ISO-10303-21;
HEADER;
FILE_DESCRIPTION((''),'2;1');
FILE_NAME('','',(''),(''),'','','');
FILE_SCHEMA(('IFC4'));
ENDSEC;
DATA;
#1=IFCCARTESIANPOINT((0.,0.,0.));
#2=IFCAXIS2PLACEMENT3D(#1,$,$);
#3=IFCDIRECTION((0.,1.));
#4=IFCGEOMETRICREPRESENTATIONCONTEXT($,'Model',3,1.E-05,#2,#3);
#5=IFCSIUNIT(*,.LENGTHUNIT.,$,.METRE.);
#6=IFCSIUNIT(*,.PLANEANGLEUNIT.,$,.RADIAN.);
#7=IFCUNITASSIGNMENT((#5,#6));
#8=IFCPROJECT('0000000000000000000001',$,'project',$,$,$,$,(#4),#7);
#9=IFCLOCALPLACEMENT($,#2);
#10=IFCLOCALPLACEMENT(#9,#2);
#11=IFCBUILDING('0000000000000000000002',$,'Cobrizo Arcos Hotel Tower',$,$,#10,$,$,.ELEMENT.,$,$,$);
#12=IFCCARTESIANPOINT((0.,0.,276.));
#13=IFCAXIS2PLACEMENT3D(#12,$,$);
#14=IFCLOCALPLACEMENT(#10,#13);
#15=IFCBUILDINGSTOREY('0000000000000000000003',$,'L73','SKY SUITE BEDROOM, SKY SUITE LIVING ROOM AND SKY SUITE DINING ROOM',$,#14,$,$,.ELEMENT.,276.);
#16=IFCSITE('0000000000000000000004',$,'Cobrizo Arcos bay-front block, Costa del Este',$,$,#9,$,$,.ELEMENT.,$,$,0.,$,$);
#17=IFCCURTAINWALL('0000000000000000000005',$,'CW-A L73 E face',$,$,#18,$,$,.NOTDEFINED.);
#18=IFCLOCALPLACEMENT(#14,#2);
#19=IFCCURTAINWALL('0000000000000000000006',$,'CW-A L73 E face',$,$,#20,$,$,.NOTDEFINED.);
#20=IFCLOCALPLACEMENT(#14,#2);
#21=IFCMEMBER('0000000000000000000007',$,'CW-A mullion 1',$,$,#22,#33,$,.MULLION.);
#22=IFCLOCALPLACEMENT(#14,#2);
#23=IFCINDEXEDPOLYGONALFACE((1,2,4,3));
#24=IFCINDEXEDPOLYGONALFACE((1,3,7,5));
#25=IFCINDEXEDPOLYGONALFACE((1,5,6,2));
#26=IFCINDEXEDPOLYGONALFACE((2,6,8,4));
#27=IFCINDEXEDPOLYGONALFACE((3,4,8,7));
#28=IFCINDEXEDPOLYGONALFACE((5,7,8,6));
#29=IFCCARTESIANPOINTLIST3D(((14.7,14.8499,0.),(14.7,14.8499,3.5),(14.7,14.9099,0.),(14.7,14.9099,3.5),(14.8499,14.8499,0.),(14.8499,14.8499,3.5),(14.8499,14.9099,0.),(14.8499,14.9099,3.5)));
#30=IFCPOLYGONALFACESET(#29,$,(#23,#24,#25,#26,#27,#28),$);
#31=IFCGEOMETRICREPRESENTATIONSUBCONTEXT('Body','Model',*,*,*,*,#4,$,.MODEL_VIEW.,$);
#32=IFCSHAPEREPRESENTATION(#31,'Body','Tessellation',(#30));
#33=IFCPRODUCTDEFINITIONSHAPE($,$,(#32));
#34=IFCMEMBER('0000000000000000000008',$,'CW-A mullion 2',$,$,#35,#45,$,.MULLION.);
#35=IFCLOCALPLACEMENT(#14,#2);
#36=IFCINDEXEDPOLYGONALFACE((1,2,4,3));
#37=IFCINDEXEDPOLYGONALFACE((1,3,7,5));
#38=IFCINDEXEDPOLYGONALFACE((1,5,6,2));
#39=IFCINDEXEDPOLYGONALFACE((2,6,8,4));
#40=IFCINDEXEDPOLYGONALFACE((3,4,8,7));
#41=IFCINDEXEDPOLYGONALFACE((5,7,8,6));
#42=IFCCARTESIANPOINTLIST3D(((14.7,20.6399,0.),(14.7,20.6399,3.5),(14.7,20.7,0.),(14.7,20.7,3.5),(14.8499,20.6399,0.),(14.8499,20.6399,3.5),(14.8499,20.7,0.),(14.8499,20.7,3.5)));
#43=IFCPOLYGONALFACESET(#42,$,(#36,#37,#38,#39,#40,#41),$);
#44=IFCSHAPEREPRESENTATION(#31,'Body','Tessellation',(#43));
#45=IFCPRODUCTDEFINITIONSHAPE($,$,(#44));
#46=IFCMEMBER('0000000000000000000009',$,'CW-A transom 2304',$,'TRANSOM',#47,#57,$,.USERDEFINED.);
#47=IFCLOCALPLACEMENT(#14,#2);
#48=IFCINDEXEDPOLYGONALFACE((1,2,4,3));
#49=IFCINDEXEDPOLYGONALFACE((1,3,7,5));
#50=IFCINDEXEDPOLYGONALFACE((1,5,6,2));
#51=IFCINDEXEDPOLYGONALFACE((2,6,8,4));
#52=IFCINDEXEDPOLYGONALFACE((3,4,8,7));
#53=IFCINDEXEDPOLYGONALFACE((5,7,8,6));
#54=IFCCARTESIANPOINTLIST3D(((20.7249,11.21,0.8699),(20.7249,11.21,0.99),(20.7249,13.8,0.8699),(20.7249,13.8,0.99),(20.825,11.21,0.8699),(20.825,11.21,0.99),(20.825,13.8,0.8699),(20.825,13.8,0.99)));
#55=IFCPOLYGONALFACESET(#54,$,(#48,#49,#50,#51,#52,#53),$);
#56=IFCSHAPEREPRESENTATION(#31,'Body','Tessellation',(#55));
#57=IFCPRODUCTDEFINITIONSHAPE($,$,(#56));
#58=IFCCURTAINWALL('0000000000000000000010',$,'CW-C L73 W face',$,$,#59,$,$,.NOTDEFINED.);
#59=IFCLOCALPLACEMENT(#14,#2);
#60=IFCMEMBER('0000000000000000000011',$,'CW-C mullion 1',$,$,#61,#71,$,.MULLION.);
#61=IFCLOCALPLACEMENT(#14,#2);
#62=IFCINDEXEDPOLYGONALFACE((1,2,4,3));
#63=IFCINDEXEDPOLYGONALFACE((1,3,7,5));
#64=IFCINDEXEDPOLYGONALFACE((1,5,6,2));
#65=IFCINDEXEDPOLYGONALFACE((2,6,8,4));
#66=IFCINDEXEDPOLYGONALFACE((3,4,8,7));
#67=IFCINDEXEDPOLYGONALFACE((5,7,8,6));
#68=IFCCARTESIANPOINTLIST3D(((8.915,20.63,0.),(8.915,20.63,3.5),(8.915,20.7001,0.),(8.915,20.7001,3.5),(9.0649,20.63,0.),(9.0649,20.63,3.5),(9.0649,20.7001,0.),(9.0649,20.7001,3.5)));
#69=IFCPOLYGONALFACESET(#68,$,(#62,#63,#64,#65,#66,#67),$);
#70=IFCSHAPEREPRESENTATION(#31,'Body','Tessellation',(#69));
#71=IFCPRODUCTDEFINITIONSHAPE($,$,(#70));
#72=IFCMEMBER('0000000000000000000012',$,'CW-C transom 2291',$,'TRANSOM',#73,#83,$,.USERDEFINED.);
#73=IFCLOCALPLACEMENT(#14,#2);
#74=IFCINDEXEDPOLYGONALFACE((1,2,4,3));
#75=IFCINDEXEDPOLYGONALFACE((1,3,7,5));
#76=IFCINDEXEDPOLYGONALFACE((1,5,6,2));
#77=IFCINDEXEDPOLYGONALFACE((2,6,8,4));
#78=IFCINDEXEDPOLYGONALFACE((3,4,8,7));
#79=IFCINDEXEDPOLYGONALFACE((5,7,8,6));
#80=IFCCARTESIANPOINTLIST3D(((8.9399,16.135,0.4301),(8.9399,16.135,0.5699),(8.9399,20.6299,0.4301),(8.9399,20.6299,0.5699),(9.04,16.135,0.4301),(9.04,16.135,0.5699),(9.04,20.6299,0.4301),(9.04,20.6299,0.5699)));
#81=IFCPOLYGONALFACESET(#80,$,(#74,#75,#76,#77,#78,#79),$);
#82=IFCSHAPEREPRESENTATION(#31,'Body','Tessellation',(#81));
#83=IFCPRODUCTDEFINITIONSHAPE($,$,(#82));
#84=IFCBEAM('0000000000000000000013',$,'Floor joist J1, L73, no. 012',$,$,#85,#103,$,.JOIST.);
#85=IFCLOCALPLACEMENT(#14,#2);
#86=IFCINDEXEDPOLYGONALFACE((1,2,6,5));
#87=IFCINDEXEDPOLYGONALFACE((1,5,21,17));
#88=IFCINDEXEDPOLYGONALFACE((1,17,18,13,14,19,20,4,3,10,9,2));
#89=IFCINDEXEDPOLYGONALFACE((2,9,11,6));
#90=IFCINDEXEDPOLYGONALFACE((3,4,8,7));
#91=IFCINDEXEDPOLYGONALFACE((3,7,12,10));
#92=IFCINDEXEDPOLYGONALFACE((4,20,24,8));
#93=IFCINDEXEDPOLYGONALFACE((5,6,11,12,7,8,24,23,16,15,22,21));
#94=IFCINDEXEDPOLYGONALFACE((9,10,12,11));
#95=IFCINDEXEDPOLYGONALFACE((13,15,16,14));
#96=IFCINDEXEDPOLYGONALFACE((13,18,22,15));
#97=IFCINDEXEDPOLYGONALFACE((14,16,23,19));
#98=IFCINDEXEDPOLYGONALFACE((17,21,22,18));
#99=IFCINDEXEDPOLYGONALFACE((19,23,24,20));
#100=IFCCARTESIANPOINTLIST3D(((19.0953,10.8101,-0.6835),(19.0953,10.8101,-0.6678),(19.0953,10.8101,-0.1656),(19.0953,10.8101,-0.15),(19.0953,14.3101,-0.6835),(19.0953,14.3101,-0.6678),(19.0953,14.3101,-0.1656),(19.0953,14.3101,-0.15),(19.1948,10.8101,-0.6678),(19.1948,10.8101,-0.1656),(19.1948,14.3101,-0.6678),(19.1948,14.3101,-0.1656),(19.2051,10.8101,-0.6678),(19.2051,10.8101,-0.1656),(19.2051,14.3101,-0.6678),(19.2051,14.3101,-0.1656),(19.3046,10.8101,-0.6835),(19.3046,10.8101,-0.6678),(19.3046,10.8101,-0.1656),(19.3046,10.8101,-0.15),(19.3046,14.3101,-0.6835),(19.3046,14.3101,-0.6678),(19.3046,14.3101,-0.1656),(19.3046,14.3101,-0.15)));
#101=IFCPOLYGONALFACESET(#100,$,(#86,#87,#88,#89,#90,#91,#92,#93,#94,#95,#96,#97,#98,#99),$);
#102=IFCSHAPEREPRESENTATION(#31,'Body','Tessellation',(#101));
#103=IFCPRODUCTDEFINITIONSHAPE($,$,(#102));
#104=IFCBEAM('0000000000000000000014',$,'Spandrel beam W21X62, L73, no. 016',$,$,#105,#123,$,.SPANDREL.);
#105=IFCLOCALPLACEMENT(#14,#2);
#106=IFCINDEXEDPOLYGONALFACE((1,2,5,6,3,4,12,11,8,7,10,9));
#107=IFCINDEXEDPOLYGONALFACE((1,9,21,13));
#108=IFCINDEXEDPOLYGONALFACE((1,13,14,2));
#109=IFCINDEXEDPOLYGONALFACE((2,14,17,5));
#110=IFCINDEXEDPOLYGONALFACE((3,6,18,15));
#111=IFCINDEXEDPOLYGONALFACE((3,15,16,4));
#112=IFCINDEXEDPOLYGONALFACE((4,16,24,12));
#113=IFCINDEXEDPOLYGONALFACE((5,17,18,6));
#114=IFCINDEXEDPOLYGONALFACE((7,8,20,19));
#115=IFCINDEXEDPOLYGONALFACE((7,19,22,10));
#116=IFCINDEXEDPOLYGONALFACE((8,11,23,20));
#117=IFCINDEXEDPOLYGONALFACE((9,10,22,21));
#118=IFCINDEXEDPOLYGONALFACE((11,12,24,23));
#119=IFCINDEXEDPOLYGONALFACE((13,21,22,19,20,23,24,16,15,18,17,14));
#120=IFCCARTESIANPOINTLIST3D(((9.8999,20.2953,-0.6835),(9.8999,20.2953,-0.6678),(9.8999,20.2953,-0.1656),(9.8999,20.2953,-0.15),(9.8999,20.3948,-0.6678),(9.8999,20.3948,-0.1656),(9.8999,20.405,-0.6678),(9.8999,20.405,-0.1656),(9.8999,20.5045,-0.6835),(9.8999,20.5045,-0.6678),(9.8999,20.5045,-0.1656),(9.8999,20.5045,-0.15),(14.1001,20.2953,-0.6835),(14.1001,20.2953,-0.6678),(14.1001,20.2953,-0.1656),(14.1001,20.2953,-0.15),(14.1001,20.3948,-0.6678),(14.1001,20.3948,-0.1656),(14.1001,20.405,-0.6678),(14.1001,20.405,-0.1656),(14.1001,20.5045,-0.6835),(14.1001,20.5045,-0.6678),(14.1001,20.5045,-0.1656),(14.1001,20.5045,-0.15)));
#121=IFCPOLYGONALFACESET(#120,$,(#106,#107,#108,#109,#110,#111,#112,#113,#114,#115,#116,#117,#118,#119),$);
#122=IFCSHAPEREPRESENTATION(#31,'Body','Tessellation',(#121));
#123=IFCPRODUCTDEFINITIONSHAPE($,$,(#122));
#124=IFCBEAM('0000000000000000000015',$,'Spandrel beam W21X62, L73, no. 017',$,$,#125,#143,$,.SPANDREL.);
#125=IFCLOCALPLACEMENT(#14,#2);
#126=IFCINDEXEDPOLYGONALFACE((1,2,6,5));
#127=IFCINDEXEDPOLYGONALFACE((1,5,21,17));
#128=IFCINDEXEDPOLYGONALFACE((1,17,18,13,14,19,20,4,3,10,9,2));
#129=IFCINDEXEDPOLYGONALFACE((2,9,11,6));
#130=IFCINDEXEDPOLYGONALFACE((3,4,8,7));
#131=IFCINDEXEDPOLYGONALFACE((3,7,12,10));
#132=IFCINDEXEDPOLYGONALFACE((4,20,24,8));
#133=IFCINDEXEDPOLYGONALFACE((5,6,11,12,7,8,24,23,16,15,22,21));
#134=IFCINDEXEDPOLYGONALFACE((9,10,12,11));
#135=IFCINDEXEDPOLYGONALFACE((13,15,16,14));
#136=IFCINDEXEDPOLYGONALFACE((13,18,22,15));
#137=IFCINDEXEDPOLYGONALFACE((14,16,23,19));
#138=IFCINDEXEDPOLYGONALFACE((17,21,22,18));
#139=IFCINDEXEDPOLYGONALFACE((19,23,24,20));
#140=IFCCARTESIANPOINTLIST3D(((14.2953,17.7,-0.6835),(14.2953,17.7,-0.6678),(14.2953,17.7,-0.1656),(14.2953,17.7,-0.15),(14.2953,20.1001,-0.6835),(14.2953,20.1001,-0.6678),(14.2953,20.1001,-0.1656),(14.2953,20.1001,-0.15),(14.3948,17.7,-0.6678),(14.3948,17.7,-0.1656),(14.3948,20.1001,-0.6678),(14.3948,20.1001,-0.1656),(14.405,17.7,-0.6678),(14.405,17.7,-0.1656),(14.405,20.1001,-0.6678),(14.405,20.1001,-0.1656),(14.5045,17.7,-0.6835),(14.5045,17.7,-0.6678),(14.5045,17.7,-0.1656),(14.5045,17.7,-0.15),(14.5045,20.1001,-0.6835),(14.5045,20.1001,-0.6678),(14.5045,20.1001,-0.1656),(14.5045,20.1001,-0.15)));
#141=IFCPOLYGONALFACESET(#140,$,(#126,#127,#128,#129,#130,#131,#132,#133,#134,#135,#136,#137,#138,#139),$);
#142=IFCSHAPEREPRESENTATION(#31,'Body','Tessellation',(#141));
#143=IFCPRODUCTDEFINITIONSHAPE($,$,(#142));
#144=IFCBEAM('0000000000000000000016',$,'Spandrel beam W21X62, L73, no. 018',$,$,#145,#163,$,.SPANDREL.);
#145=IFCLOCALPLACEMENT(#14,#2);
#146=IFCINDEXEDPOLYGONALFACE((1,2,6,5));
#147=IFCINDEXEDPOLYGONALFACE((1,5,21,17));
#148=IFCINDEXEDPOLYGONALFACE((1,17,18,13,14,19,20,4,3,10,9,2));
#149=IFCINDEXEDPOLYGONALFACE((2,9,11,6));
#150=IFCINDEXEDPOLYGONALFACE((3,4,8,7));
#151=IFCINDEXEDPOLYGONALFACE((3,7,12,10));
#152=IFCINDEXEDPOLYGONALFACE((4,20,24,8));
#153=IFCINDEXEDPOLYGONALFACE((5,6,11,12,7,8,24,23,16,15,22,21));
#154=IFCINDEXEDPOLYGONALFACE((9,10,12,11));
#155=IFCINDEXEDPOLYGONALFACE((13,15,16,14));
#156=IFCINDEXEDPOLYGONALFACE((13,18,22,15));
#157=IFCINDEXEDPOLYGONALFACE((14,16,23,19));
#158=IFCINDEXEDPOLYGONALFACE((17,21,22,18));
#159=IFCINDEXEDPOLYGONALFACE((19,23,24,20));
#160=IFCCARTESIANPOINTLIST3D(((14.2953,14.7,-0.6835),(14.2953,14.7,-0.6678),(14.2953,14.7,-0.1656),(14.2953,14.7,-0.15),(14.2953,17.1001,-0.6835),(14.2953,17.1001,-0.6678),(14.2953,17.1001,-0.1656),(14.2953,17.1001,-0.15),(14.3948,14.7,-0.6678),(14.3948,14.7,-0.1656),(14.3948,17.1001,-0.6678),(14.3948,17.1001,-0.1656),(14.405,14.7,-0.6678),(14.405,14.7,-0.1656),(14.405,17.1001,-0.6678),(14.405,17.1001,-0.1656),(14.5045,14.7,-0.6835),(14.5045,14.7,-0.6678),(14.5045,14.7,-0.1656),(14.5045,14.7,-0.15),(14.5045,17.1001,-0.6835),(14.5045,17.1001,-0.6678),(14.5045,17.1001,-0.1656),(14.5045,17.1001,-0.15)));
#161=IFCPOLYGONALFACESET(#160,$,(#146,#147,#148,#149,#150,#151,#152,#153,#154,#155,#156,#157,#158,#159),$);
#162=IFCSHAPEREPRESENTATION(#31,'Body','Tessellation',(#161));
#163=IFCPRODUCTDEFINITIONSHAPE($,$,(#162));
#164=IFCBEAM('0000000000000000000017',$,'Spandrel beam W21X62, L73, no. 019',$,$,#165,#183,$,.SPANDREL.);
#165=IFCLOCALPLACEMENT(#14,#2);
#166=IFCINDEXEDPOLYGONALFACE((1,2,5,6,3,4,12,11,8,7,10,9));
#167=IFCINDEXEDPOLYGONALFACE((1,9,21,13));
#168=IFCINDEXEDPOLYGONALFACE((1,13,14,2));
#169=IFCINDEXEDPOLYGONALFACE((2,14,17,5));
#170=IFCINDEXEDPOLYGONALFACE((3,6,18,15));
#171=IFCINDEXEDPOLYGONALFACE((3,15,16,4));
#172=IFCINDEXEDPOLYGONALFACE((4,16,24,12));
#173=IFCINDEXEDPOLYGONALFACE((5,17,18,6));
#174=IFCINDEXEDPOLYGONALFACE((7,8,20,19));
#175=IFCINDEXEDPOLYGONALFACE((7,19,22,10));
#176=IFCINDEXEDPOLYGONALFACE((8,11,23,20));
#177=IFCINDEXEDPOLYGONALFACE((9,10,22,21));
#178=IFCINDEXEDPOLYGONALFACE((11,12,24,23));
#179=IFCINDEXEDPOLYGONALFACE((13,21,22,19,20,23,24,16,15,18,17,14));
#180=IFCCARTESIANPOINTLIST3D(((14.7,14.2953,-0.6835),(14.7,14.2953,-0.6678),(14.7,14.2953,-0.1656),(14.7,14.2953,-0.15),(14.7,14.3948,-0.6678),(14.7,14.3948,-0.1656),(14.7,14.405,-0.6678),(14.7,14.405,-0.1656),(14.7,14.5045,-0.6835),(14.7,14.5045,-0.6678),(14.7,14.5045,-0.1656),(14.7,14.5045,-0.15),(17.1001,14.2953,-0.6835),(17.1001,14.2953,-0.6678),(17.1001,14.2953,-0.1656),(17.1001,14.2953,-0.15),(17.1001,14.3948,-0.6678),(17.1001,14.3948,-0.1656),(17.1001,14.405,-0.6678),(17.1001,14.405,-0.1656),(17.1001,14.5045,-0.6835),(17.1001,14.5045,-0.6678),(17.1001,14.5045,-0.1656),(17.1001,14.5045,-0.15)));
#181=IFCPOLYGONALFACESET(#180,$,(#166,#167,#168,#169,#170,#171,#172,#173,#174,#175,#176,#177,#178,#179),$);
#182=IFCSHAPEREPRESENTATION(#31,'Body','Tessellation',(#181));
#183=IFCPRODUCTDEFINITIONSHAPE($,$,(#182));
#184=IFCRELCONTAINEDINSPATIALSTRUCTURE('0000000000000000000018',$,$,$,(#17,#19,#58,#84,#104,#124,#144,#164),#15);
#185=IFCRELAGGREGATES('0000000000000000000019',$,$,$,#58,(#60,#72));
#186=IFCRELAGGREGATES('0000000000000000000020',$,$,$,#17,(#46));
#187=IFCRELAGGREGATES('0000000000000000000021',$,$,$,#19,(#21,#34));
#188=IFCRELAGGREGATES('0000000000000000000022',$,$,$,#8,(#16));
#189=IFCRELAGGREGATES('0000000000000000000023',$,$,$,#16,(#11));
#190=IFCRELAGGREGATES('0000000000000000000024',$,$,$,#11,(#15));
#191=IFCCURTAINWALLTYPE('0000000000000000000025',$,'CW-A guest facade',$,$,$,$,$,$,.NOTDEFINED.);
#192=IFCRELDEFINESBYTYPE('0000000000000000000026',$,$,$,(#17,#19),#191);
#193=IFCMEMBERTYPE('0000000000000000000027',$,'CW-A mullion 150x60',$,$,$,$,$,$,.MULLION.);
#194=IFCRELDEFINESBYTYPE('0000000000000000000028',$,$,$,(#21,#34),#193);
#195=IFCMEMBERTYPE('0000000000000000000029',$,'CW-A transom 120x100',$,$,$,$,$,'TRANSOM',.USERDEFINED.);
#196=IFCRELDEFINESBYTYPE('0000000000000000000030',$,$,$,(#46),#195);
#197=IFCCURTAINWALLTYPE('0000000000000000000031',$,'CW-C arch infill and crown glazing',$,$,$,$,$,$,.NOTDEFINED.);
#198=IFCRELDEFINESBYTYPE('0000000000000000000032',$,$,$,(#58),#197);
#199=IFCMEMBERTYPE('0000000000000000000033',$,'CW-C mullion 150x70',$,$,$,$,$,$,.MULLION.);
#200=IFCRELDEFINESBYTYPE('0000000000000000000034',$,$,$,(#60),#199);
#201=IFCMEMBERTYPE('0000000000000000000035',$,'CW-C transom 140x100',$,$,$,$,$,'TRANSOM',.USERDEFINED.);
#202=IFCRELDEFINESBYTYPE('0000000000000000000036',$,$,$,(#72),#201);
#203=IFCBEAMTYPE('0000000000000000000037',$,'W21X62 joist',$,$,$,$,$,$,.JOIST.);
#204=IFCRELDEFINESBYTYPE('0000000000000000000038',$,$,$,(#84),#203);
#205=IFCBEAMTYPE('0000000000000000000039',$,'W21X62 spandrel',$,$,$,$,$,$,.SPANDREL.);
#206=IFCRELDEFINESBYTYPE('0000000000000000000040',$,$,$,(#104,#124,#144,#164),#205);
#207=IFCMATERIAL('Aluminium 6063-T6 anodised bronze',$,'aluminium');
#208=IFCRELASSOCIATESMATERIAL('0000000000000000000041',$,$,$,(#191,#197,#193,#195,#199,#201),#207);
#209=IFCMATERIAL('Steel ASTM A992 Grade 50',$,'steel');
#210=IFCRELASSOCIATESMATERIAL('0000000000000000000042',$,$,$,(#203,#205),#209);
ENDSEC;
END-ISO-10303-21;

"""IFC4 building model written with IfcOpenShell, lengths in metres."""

from ifc_helpers import new_model, si_unit, direction, frame, origin, origin_2d, place, context, subcontext, project, spatial, rectangle, i_section, extrude, material, material_profile, profile_set, type_object, element, aggregate, save


model = new_model("IFC4")

# Units and contexts
model_context = context("Model", 3, precision=1e-05, world=origin(), true_north=direction((0.0, 1.0)))
body_context = subcontext(model_context, "Body", "Model", "MODEL_VIEW")
ifc_project = project(units=[si_unit("LENGTHUNIT", "METRE"), si_unit("PLANEANGLEUNIT", "RADIAN")], contexts=[model_context])

# Site, building, storey
site_placement = place(None, origin())
site = spatial("IfcSite", under=ifc_project, at=site_placement, Name="Cobrizo Arcos bay-front block, Costa del Este", CompositionType="ELEMENT", RefElevation=0.0)
building_placement = place(site_placement, origin())
building = spatial("IfcBuilding", under=site, at=building_placement, Name="Cobrizo Arcos Hotel Tower", CompositionType="ELEMENT")
storey_placement = place(building_placement, frame((0.0, 0.0, 276.0)))
storey = spatial("IfcBuildingStorey", under=building, at=storey_placement, Name="L73", Description="SKY SUITE BEDROOM, SKY SUITE LIVING ROOM AND SKY SUITE DINING ROOM", CompositionType="ELEMENT", Elevation=276.0)

# Shared definitions
ifc_material_1 = material(Name="Aluminium 6063-T6 anodised bronze", Category="aluminium")
curtain_wall_type_1 = type_object("IfcCurtainWallType", Name="CW-A guest facade", PredefinedType="NOTDEFINED", material=ifc_material_1)
ifc_material_profile_1 = material_profile(ifc_material_1, rectangle(XDim=0.1499, YDim=0.0601, at=origin_2d()), Name="CW-A mullion 150x60")
ifc_profile_set_1 = profile_set([ifc_material_profile_1], Name="Aluminium 6063-T6 anodised bronze")
member_type_1 = type_object("IfcMemberType", Name="CW-A mullion 150x60", PredefinedType="MULLION", material=ifc_profile_set_1)

# Curtain walls, members
curtain_wall_1_placement = place(storey_placement, origin())
curtain_wall_1 = element("IfcCurtainWall", 1, at=curtain_wall_1_placement, inside=storey, type_object=curtain_wall_type_1, Name="CW-A L73 E face", PredefinedType="NOTDEFINED")
curtain_wall_2_placement = place(storey_placement, origin())
curtain_wall_2 = element("IfcCurtainWall", 2, at=curtain_wall_2_placement, inside=storey, type_object=curtain_wall_type_1, Name="CW-A L73 E face", PredefinedType="NOTDEFINED")
member_1_placement = place(storey_placement, frame((14.7749, 14.8799, 0.0), z_axis=(0.0, 0.0, 1.0), x_axis=(1.0, 0.0, 0.0)))
member_1 = element("IfcMember", 3, at=member_1_placement, type_object=member_type_1, Name="CW-A mullion 1", PredefinedType="MULLION", context=body_context, shape_type="SweptSolid", body=[
    extrude(rectangle(XDim=0.1499, YDim=0.0601, at=origin_2d()), origin(), (0.0, 0.0, 1.0), 3.5),
])
member_2_placement = place(storey_placement, frame((14.7749, 20.6699, 0.0), z_axis=(0.0, 0.0, 1.0), x_axis=(1.0, 0.0, 0.0)))
member_2 = element("IfcMember", 4, at=member_2_placement, type_object=member_type_1, Name="CW-A mullion 2", PredefinedType="MULLION", context=body_context, shape_type="SweptSolid", body=[
    extrude(rectangle(XDim=0.1499, YDim=0.0601, at=origin_2d()), origin(), (0.0, 0.0, 1.0), 3.5),
])

# Member
ifc_material_profile_2 = material_profile(ifc_material_1, rectangle(XDim=0.1001, YDim=0.1201, at=origin_2d()), Name="CW-A transom 120x100")
ifc_profile_set_2 = profile_set([ifc_material_profile_2], Name="Aluminium 6063-T6 anodised bronze")
member_type_2 = type_object("IfcMemberType", Name="CW-A transom 120x100", ElementType="TRANSOM", PredefinedType="USERDEFINED", material=ifc_profile_set_2)
member_3_placement = place(storey_placement, frame((20.7749, 11.21, 0.9299), z_axis=(0.0, 1.0, 0.0), x_axis=(-1.0, 0.0, 0.0)))
member_3 = element("IfcMember", 5, at=member_3_placement, type_object=member_type_2, Name="CW-A transom 2304", ObjectType="TRANSOM", PredefinedType="USERDEFINED", context=body_context, shape_type="SweptSolid", body=[
    extrude(rectangle(XDim=0.1001, YDim=0.1201, at=origin_2d()), origin(), (0.0, 0.0, 1.0), 2.5901),
])

# Curtain wall, members
curtain_wall_type_2 = type_object("IfcCurtainWallType", Name="CW-C arch infill and crown glazing", PredefinedType="NOTDEFINED", material=ifc_material_1)
curtain_wall_3_placement = place(storey_placement, origin())
curtain_wall_3 = element("IfcCurtainWall", 6, at=curtain_wall_3_placement, inside=storey, type_object=curtain_wall_type_2, Name="CW-C L73 W face", PredefinedType="NOTDEFINED")
ifc_material_profile_3 = material_profile(ifc_material_1, rectangle(XDim=0.1499, YDim=0.0701, at=origin_2d()), Name="CW-C mullion 150x70")
ifc_profile_set_3 = profile_set([ifc_material_profile_3], Name="Aluminium 6063-T6 anodised bronze")
member_type_3 = type_object("IfcMemberType", Name="CW-C mullion 150x70", PredefinedType="MULLION", material=ifc_profile_set_3)
member_4_placement = place(storey_placement, frame((8.99, 20.665, 0.0), z_axis=(0.0, 0.0, 1.0), x_axis=(-1.0, 0.0, 0.0)))
member_4 = element("IfcMember", 7, at=member_4_placement, type_object=member_type_3, Name="CW-C mullion 1", PredefinedType="MULLION", context=body_context, shape_type="SweptSolid", body=[
    extrude(rectangle(XDim=0.1499, YDim=0.0701, at=origin_2d()), origin(), (0.0, 0.0, 1.0), 3.5),
])
ifc_material_profile_4 = material_profile(ifc_material_1, rectangle(XDim=0.1001, YDim=0.1399, at=origin_2d()), Name="CW-C transom 140x100")
ifc_profile_set_4 = profile_set([ifc_material_profile_4], Name="Aluminium 6063-T6 anodised bronze")
member_type_4 = type_object("IfcMemberType", Name="CW-C transom 140x100", ElementType="TRANSOM", PredefinedType="USERDEFINED", material=ifc_profile_set_4)
member_5_placement = place(storey_placement, frame((8.99, 20.6299, 0.5), z_axis=(0.0, -1.0, 0.0), x_axis=(1.0, 0.0, 0.0)))
member_5 = element("IfcMember", 8, at=member_5_placement, type_object=member_type_4, Name="CW-C transom 2291", ObjectType="TRANSOM", PredefinedType="USERDEFINED", context=body_context, shape_type="SweptSolid", body=[
    extrude(rectangle(XDim=0.1001, YDim=0.1399, at=origin_2d()), origin(), (0.0, 0.0, 1.0), 4.4949),
])
aggregate(curtain_wall_3, [member_4, member_5])

# Beams
ifc_material_2 = material(Name="Steel ASTM A992 Grade 50", Category="steel")
ifc_material_profile_5 = material_profile(ifc_material_2, i_section(OverallWidth=0.2092, OverallDepth=0.5334, WebThickness=0.0103, FlangeThickness=0.0156, at=origin_2d()), Name="W21X62")
ifc_profile_set_5 = profile_set([ifc_material_profile_5], Name="Steel ASTM A992 Grade 50")
beam_type_1 = type_object("IfcBeamType", Name="W21X62 joist", PredefinedType="JOIST", material=ifc_profile_set_5)
beam_1_placement = place(storey_placement, frame((19.2, 10.8101, -0.4167), z_axis=(0.0, 1.0, 0.0), x_axis=(-1.0, 0.0, 0.0)))
element("IfcBeam", 9, at=beam_1_placement, inside=storey, type_object=beam_type_1, Name="Floor joist J1, L73, no. 012", PredefinedType="JOIST", context=body_context, shape_type="SweptSolid", body=[
    extrude(i_section(OverallWidth=0.2092, OverallDepth=0.5334, WebThickness=0.0103, FlangeThickness=0.0156, at=origin_2d()), origin(), (0.0, 0.0, 1.0), 3.5),
])
ifc_material_profile_6 = material_profile(ifc_material_2, i_section(OverallWidth=0.2092, OverallDepth=0.5334, WebThickness=0.0103, FlangeThickness=0.0156, at=origin_2d()), Name="W21X62")
ifc_profile_set_6 = profile_set([ifc_material_profile_6], Name="Steel ASTM A992 Grade 50")
beam_type_2 = type_object("IfcBeamType", Name="W21X62 spandrel", PredefinedType="SPANDREL", material=ifc_profile_set_6)
beam_2_placement = place(storey_placement, frame((9.8999, 20.3999, -0.4167), z_axis=(1.0, 0.0, 0.0), x_axis=(0.0, 1.0, 0.0)))
element("IfcBeam", 10, at=beam_2_placement, inside=storey, type_object=beam_type_2, Name="Spandrel beam W21X62, L73, no. 016", PredefinedType="SPANDREL", context=body_context, shape_type="SweptSolid", body=[
    extrude(i_section(OverallWidth=0.2092, OverallDepth=0.5334, WebThickness=0.0103, FlangeThickness=0.0156, at=origin_2d()), origin(), (0.0, 0.0, 1.0), 4.2002),
])
for number, where, z_axis, x_axis, name in (
    (11, (14.3999, 20.1001, -0.4167), (0.0, -1.0, 0.0), (1.0, 0.0, 0.0), "Spandrel beam W21X62, L73, no. 017"),
    (12, (14.3999, 17.1001, -0.4167), (0.0, -1.0, 0.0), (1.0, 0.0, 0.0), "Spandrel beam W21X62, L73, no. 018"),
    (13, (14.7, 14.3999, -0.4167), (1.0, 0.0, 0.0), (0.0, 1.0, 0.0), "Spandrel beam W21X62, L73, no. 019"),
):
    element("IfcBeam", number, at=place(storey_placement, frame(where, z_axis=z_axis, x_axis=x_axis)), inside=storey, type_object=beam_type_2, Name=name, PredefinedType="SPANDREL", context=body_context, shape_type="SweptSolid", body=[
        extrude(i_section(OverallWidth=0.2092, OverallDepth=0.5334, WebThickness=0.0103, FlangeThickness=0.0156, at=origin_2d()), origin(), (0.0, 0.0, 1.0), 2.4001),
    ])

aggregate(curtain_wall_1, [member_3])
aggregate(curtain_wall_2, [member_1, member_2])

save(model, "model.ifc")
